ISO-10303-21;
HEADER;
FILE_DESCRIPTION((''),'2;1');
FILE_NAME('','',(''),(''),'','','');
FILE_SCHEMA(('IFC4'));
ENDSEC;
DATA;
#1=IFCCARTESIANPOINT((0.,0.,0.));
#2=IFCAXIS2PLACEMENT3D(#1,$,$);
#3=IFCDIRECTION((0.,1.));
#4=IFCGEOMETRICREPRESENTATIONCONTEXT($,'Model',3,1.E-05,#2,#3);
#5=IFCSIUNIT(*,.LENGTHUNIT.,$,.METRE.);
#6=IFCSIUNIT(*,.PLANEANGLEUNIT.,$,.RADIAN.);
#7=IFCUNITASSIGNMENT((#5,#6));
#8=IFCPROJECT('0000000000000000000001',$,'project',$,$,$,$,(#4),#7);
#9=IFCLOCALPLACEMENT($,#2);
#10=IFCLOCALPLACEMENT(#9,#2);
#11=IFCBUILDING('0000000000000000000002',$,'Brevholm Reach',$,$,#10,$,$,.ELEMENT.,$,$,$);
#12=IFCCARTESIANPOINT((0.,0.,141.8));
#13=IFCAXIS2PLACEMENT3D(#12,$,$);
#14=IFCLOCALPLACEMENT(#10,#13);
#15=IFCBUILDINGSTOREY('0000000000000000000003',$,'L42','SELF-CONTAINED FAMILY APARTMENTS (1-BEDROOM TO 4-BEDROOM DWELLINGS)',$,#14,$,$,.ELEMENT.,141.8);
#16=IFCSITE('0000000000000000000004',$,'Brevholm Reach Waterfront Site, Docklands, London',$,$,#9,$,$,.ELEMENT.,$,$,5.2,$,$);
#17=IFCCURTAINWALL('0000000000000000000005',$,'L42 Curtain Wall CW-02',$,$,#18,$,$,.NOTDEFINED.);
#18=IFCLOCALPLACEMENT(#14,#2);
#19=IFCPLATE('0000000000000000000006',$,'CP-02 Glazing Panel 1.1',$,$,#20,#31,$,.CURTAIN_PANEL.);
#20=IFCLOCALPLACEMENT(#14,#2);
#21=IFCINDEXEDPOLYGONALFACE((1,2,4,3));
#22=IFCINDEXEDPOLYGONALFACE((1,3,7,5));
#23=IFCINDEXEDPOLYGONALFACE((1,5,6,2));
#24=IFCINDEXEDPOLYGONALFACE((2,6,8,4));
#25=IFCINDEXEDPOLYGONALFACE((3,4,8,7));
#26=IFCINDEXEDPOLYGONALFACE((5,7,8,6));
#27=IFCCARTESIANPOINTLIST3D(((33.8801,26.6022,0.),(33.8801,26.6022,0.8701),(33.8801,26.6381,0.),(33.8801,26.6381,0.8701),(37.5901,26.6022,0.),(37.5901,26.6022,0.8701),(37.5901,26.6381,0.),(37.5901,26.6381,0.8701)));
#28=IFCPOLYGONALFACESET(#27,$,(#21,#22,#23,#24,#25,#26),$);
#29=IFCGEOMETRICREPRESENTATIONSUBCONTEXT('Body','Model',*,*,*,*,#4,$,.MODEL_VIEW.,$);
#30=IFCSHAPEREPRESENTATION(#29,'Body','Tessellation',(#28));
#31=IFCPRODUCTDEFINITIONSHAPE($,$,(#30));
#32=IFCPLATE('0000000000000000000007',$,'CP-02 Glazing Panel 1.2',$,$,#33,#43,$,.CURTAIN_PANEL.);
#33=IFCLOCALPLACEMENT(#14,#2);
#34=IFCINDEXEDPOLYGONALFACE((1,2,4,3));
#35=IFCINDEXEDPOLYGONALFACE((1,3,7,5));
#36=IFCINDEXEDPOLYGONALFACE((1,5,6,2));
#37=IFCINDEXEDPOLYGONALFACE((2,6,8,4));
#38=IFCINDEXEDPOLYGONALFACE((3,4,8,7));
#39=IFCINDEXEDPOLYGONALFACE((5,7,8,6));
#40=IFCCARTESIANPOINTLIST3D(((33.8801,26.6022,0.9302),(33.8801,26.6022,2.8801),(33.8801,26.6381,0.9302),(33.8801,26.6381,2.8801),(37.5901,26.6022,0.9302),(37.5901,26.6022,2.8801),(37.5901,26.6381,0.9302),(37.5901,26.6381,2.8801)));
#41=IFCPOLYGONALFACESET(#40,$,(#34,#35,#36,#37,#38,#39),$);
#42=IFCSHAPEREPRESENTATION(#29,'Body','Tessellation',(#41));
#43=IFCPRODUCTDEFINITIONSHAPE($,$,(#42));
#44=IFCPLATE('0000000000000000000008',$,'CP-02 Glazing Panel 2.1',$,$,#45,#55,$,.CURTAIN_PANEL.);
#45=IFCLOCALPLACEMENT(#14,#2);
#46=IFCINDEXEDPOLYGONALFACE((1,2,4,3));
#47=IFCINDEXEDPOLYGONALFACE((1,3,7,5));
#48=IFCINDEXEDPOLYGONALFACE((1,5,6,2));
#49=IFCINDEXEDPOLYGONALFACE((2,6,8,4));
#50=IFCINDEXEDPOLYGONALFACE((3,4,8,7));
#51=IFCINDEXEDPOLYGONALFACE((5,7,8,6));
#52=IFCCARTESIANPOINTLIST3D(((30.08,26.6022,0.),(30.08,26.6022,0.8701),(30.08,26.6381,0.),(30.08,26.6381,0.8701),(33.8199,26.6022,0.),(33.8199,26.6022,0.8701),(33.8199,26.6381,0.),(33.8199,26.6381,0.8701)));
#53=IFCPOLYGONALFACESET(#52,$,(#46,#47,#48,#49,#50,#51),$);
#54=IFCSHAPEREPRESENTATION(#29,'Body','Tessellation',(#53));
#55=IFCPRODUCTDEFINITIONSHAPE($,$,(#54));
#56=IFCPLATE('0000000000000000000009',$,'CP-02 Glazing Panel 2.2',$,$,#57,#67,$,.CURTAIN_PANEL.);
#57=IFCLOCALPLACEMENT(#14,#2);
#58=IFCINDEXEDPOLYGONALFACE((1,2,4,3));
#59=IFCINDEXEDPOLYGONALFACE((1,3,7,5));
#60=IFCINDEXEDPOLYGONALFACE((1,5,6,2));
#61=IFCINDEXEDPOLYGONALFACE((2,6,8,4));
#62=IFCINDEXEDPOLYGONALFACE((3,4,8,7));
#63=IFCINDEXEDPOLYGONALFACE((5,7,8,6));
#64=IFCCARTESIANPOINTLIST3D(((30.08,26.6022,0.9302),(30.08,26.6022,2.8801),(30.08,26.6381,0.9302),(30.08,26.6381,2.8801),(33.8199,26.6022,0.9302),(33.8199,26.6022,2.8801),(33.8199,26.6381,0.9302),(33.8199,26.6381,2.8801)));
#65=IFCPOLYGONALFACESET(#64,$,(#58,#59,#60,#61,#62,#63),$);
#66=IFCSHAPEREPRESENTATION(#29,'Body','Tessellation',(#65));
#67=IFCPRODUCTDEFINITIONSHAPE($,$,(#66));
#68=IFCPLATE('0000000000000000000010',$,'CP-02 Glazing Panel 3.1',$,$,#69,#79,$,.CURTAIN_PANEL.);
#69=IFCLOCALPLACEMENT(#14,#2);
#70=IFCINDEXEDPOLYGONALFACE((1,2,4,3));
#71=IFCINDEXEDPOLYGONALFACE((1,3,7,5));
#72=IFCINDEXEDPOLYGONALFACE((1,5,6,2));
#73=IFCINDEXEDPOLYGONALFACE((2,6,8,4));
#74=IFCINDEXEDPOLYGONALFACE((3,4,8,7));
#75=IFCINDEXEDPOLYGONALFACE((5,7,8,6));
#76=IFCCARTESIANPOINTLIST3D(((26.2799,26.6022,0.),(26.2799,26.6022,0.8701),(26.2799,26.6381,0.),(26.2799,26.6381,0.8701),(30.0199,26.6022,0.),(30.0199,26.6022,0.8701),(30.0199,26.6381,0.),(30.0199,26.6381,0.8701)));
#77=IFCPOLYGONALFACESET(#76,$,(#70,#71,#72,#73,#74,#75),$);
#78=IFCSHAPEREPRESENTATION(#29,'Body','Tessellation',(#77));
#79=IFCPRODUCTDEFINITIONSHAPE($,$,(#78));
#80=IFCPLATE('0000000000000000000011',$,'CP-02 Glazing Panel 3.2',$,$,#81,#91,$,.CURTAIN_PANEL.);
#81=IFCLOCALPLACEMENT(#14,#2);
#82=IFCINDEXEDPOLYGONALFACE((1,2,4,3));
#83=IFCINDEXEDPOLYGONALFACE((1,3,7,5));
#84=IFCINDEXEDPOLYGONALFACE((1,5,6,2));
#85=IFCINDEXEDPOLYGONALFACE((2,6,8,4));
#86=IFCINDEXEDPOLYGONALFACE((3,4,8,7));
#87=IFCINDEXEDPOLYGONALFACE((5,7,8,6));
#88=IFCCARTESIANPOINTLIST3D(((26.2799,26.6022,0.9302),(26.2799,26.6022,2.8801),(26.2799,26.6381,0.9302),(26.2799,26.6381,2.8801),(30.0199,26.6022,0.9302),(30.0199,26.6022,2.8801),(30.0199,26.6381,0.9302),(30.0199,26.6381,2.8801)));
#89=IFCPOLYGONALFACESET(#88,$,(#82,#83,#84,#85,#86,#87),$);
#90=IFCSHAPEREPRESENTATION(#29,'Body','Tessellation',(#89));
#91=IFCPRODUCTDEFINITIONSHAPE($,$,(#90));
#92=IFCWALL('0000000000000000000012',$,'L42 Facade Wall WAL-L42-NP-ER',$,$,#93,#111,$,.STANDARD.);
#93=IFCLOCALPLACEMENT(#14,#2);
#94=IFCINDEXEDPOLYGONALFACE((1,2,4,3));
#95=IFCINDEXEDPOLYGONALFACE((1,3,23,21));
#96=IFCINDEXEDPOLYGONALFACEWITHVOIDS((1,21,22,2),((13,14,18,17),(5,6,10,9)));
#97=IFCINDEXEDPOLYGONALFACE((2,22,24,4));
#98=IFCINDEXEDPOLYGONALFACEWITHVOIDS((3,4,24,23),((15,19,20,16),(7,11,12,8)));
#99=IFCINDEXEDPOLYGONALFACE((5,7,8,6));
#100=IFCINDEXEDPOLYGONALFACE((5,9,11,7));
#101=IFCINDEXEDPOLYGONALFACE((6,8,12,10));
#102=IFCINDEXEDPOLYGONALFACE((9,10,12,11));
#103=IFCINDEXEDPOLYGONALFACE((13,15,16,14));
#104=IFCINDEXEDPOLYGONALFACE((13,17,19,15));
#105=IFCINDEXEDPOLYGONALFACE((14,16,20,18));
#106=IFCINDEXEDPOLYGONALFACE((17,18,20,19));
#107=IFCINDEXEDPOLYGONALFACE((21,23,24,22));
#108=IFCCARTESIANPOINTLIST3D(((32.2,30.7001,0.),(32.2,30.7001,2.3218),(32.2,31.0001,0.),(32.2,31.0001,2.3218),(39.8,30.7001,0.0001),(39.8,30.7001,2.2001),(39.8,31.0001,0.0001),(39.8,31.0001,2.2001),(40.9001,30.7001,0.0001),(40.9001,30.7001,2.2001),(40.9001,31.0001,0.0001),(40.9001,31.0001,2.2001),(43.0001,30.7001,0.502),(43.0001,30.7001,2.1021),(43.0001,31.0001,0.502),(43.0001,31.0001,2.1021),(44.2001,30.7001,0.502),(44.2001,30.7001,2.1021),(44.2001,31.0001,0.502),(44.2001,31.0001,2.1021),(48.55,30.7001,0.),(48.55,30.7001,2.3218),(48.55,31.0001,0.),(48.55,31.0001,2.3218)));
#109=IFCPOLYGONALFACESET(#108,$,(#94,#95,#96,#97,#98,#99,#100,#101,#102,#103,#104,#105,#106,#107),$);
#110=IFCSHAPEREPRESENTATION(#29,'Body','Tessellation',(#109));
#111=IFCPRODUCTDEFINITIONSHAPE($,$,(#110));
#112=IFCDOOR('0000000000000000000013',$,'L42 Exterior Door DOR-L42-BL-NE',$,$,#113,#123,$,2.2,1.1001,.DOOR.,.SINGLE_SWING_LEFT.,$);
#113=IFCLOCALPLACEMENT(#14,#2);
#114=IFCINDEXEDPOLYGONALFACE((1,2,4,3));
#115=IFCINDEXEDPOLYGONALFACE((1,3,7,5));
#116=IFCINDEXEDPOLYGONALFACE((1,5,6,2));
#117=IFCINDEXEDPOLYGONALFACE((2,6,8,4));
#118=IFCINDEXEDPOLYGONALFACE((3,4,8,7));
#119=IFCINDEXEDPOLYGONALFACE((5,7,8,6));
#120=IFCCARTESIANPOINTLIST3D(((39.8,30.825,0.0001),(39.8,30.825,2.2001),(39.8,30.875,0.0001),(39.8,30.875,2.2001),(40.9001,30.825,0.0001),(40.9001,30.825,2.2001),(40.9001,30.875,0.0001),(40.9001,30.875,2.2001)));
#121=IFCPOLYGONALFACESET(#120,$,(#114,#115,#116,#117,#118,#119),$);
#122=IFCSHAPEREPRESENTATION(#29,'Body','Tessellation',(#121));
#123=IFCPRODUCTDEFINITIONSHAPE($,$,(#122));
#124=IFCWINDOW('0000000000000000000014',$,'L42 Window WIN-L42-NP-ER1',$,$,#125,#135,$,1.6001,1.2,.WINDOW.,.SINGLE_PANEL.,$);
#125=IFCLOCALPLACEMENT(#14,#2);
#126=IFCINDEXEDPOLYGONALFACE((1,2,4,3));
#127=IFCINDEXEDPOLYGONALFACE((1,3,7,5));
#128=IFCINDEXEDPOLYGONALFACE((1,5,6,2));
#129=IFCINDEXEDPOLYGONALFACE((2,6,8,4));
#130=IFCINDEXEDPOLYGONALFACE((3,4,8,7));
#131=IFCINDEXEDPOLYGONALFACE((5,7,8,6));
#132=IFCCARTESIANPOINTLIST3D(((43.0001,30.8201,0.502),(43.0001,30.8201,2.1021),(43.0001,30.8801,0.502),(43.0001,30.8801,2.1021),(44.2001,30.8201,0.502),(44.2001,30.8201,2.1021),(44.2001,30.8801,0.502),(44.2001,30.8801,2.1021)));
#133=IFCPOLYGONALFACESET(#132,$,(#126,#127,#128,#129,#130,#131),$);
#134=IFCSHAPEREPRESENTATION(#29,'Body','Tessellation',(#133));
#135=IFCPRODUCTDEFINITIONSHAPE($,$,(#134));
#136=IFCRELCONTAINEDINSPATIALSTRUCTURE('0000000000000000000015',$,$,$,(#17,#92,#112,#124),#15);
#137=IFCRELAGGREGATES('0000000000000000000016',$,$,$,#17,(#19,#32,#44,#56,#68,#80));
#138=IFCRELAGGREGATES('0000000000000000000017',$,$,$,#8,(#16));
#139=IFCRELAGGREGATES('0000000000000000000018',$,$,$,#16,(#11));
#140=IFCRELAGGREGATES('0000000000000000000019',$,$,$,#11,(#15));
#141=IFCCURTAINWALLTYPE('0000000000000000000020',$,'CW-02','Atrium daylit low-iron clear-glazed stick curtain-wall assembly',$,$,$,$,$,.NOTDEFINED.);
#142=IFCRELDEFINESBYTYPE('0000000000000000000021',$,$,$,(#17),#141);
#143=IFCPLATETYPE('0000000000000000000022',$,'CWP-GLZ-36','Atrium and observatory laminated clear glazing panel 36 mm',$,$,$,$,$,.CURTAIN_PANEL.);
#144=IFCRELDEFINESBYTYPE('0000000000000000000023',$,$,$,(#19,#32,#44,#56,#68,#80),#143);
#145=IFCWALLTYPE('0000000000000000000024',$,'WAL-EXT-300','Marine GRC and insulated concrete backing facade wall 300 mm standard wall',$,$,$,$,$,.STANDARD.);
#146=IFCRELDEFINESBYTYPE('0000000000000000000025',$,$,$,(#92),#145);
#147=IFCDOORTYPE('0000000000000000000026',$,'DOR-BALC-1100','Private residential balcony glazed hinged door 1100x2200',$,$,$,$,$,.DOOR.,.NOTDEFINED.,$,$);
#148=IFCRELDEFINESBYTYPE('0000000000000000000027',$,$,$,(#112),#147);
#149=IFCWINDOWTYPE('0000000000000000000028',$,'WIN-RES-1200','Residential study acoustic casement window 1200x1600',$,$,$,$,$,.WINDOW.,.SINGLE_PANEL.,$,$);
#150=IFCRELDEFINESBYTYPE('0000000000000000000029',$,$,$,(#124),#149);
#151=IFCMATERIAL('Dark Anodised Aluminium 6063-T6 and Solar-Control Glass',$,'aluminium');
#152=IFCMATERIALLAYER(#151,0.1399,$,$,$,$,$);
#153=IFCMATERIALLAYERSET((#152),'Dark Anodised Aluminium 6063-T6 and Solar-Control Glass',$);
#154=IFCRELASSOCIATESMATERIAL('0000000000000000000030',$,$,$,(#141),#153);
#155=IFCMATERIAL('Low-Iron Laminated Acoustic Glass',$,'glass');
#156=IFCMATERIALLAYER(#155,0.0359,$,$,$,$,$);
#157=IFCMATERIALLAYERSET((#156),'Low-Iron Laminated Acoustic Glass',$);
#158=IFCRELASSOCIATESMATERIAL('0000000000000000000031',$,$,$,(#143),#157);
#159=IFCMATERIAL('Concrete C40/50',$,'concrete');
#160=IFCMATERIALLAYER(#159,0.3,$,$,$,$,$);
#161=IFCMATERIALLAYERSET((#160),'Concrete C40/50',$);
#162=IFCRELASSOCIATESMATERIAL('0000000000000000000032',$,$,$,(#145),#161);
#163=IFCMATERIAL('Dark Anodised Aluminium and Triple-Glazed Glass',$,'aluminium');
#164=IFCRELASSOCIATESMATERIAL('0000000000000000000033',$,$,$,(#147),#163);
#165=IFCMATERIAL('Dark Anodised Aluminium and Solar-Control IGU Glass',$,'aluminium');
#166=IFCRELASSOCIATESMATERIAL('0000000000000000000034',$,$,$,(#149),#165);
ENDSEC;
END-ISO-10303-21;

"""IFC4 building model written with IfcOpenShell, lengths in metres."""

from ifc_helpers import new_model, si_unit, direction, frame, frame_2d, origin, origin_2d, place, context, subcontext, project, spatial, rectangle, extrude, material, layer, layer_set, type_object, element, fill, aggregate, save


model = new_model("IFC4")

# Units and contexts
model_context = context("Model", 3, precision=1e-05, world=origin(), true_north=direction((0.0, 1.0)))
body_context = subcontext(model_context, "Body", "Model", "MODEL_VIEW")
ifc_project = project(units=[si_unit("LENGTHUNIT", "METRE"), si_unit("PLANEANGLEUNIT", "RADIAN")], contexts=[model_context])

# Site, building, storey
site_placement = place(None, origin())
site = spatial("IfcSite", under=ifc_project, at=site_placement, Name="Brevholm Reach Waterfront Site, Docklands, London", CompositionType="ELEMENT", RefElevation=5.2)
building_placement = place(site_placement, origin())
building = spatial("IfcBuilding", under=site, at=building_placement, Name="Brevholm Reach", CompositionType="ELEMENT")
storey_placement = place(building_placement, frame((0.0, 0.0, 141.8)))
storey = spatial("IfcBuildingStorey", under=building, at=storey_placement, Name="L42", Description="SELF-CONTAINED FAMILY APARTMENTS (1-BEDROOM TO 4-BEDROOM DWELLINGS)", CompositionType="ELEMENT", Elevation=141.8)

# Curtain wall
ifc_material_1 = material(Name="Dark Anodised Aluminium 6063-T6 and Solar-Control Glass", Category="aluminium")
ifc_layer_1 = layer(ifc_material_1, 0.1399)
ifc_layer_set_1 = layer_set([ifc_layer_1], Name="Dark Anodised Aluminium 6063-T6 and Solar-Control Glass")
curtain_wall_type_1 = type_object("IfcCurtainWallType", Name="CW-02", Description="Atrium daylit low-iron clear-glazed stick curtain-wall assembly", PredefinedType="NOTDEFINED", material=ifc_layer_set_1)
curtain_wall_1_placement = place(storey_placement, origin())
curtain_wall_1 = element("IfcCurtainWall", 1, at=curtain_wall_1_placement, inside=storey, type_object=curtain_wall_type_1, Name="L42 Curtain Wall CW-02", PredefinedType="NOTDEFINED")

# Plates
ifc_material_2 = material(Name="Low-Iron Laminated Acoustic Glass", Category="glass")
ifc_layer_2 = layer(ifc_material_2, 0.0359)
ifc_layer_set_2 = layer_set([ifc_layer_2], Name="Low-Iron Laminated Acoustic Glass")
plate_type_1 = type_object("IfcPlateType", Name="CWP-GLZ-36", Description="Atrium and observatory laminated clear glazing panel 36 mm", PredefinedType="CURTAIN_PANEL", material=ifc_layer_set_2)
plate_1_placement = place(storey_placement, frame((35.7351, 26.6201, 0.0), z_axis=(0.0, 0.0, 1.0), x_axis=(-1.0, 0.0, 0.0)))
plate_1 = element("IfcPlate", 2, at=plate_1_placement, type_object=plate_type_1, Name="CP-02 Glazing Panel 1.1", PredefinedType="CURTAIN_PANEL", context=body_context, shape_type="SweptSolid", body=[
    extrude(rectangle(XDim=3.71, YDim=0.0359, at=origin_2d()), origin(), (0.0, 0.0, 1.0), 0.8701),
])
plate_2_placement = place(storey_placement, frame((35.7351, 26.6201, 0.9302), z_axis=(0.0, 0.0, 1.0), x_axis=(-1.0, 0.0, 0.0)))
plate_2 = element("IfcPlate", 3, at=plate_2_placement, type_object=plate_type_1, Name="CP-02 Glazing Panel 1.2", PredefinedType="CURTAIN_PANEL", context=body_context, shape_type="SweptSolid", body=[
    extrude(rectangle(XDim=3.71, YDim=0.0359, at=origin_2d()), origin(), (0.0, 0.0, 1.0), 1.95),
])
plate_3_placement = place(storey_placement, frame((31.95, 26.6201, 0.0), z_axis=(0.0, 0.0, 1.0), x_axis=(-1.0, 0.0, 0.0)))
plate_3 = element("IfcPlate", 4, at=plate_3_placement, type_object=plate_type_1, Name="CP-02 Glazing Panel 2.1", PredefinedType="CURTAIN_PANEL", context=body_context, shape_type="SweptSolid", body=[
    extrude(rectangle(XDim=3.74, YDim=0.0359, at=origin_2d()), origin(), (0.0, 0.0, 1.0), 0.8701),
])
plate_4_placement = place(storey_placement, frame((31.95, 26.6201, 0.9302), z_axis=(0.0, 0.0, 1.0), x_axis=(-1.0, 0.0, 0.0)))
plate_4 = element("IfcPlate", 5, at=plate_4_placement, type_object=plate_type_1, Name="CP-02 Glazing Panel 2.2", PredefinedType="CURTAIN_PANEL", context=body_context, shape_type="SweptSolid", body=[
    extrude(rectangle(XDim=3.74, YDim=0.0359, at=origin_2d()), origin(), (0.0, 0.0, 1.0), 1.95),
])
plate_5_placement = place(storey_placement, frame((28.1499, 26.6201, 0.0), z_axis=(0.0, 0.0, 1.0), x_axis=(-1.0, 0.0, 0.0)))
plate_5 = element("IfcPlate", 6, at=plate_5_placement, type_object=plate_type_1, Name="CP-02 Glazing Panel 3.1", PredefinedType="CURTAIN_PANEL", context=body_context, shape_type="SweptSolid", body=[
    extrude(rectangle(XDim=3.74, YDim=0.0359, at=origin_2d()), origin(), (0.0, 0.0, 1.0), 0.8701),
])
plate_6_placement = place(storey_placement, frame((28.1499, 26.6201, 0.9302), z_axis=(0.0, 0.0, 1.0), x_axis=(-1.0, 0.0, 0.0)))
plate_6 = element("IfcPlate", 7, at=plate_6_placement, type_object=plate_type_1, Name="CP-02 Glazing Panel 3.2", PredefinedType="CURTAIN_PANEL", context=body_context, shape_type="SweptSolid", body=[
    extrude(rectangle(XDim=3.74, YDim=0.0359, at=origin_2d()), origin(), (0.0, 0.0, 1.0), 1.95),
])
aggregate(curtain_wall_1, [plate_1, plate_2, plate_3, plate_4, plate_5, plate_6])

# Wall, openings, door, window
ifc_material_3 = material(Name="Concrete C40/50", Category="concrete")
ifc_layer_3 = layer(ifc_material_3, 0.3)
ifc_layer_set_3 = layer_set([ifc_layer_3], Name="Concrete C40/50")
wall_type = type_object("IfcWallType", Name="WAL-EXT-300", Description="Marine GRC and insulated concrete backing facade wall 300 mm standard wall", PredefinedType="STANDARD", material=ifc_layer_set_3)
wall_placement = place(storey_placement, frame((32.2, 30.8501, 0.0), z_axis=(0.0, 0.0, 1.0), x_axis=(1.0, 0.0, 0.0)))
wall = element("IfcWall", 8, at=wall_placement, inside=storey, type_object=wall_type, Name="L42 Facade Wall WAL-L42-NP-ER", PredefinedType="STANDARD", context=body_context, shape_type="SweptSolid", body=[
    extrude(rectangle(XDim=16.3501, YDim=0.3, at=frame_2d((8.175, 0.0))), origin(), (0.0, 0.0, 1.0), 2.3218),
])
opening_1_placement = place(wall_placement, frame((7.6001, 0.0, 0.0)))
opening_1 = element("IfcOpeningElement", 9, at=opening_1_placement, cuts=wall, PredefinedType="OPENING", context=body_context, shape_type="SweptSolid", body=[
    extrude(rectangle(XDim=1.1001, YDim=2.2, at=frame_2d((0.55, 1.1001))), frame((0.0, 0.1599, 0.0), z_axis=(0.0, -1.0, 0.0), x_axis=(1.0, 0.0, 0.0)), (0.0, 0.0, 1.0), 0.3201),
])
opening_2_placement = place(wall_placement, frame((10.8, 0.0, 0.502)))
opening_2 = element("IfcOpeningElement", 10, at=opening_2_placement, cuts=wall, PredefinedType="OPENING", context=body_context, shape_type="SweptSolid", body=[
    extrude(rectangle(XDim=1.2, YDim=1.6001, at=frame_2d((0.6001, 0.8))), frame((0.0, 0.1599, 0.0), z_axis=(0.0, -1.0, 0.0), x_axis=(1.0, 0.0, 0.0)), (0.0, 0.0, 1.0), 0.3201),
])
ifc_material_4 = material(Name="Dark Anodised Aluminium and Triple-Glazed Glass", Category="aluminium")
door_type = type_object("IfcDoorType", Name="DOR-BALC-1100", Description="Private residential balcony glazed hinged door 1100x2200", OperationType="NOTDEFINED", PredefinedType="DOOR", material=ifc_material_4)
door_placement = place(opening_1_placement, origin())
door = element("IfcDoor", 11, at=door_placement, inside=storey, type_object=door_type, Name="L42 Exterior Door DOR-L42-BL-NE", OperationType="SINGLE_SWING_LEFT", OverallHeight=2.2, OverallWidth=1.1001, PredefinedType="DOOR", context=body_context, shape_type="SweptSolid", body=[
    extrude(rectangle(XDim=1.1001, YDim=2.2, at=frame_2d((0.55, 1.1001))), frame((0.0, 0.0249, 0.0), z_axis=(0.0, -1.0, 0.0), x_axis=(1.0, 0.0, 0.0)), (0.0, 0.0, 1.0), 0.05),
])
fill(opening_1, door)
ifc_material_5 = material(Name="Dark Anodised Aluminium and Solar-Control IGU Glass", Category="aluminium")
window_type = type_object("IfcWindowType", Name="WIN-RES-1200", Description="Residential study acoustic casement window 1200x1600", PartitioningType="SINGLE_PANEL", PredefinedType="WINDOW", material=ifc_material_5)
window_placement = place(opening_2_placement, origin())
window = element("IfcWindow", 12, at=window_placement, inside=storey, type_object=window_type, Name="L42 Window WIN-L42-NP-ER1", OverallHeight=1.6001, OverallWidth=1.2, PartitioningType="SINGLE_PANEL", PredefinedType="WINDOW", context=body_context, shape_type="SweptSolid", body=[
    extrude(rectangle(XDim=1.2, YDim=1.6001, at=frame_2d((0.6001, 0.8))), frame((0.0, 0.03, 0.0), z_axis=(0.0, -1.0, 0.0), x_axis=(1.0, 0.0, 0.0)), (0.0, 0.0, 1.0), 0.0601),
])
fill(opening_2, window)

save(model, "model.ifc")
